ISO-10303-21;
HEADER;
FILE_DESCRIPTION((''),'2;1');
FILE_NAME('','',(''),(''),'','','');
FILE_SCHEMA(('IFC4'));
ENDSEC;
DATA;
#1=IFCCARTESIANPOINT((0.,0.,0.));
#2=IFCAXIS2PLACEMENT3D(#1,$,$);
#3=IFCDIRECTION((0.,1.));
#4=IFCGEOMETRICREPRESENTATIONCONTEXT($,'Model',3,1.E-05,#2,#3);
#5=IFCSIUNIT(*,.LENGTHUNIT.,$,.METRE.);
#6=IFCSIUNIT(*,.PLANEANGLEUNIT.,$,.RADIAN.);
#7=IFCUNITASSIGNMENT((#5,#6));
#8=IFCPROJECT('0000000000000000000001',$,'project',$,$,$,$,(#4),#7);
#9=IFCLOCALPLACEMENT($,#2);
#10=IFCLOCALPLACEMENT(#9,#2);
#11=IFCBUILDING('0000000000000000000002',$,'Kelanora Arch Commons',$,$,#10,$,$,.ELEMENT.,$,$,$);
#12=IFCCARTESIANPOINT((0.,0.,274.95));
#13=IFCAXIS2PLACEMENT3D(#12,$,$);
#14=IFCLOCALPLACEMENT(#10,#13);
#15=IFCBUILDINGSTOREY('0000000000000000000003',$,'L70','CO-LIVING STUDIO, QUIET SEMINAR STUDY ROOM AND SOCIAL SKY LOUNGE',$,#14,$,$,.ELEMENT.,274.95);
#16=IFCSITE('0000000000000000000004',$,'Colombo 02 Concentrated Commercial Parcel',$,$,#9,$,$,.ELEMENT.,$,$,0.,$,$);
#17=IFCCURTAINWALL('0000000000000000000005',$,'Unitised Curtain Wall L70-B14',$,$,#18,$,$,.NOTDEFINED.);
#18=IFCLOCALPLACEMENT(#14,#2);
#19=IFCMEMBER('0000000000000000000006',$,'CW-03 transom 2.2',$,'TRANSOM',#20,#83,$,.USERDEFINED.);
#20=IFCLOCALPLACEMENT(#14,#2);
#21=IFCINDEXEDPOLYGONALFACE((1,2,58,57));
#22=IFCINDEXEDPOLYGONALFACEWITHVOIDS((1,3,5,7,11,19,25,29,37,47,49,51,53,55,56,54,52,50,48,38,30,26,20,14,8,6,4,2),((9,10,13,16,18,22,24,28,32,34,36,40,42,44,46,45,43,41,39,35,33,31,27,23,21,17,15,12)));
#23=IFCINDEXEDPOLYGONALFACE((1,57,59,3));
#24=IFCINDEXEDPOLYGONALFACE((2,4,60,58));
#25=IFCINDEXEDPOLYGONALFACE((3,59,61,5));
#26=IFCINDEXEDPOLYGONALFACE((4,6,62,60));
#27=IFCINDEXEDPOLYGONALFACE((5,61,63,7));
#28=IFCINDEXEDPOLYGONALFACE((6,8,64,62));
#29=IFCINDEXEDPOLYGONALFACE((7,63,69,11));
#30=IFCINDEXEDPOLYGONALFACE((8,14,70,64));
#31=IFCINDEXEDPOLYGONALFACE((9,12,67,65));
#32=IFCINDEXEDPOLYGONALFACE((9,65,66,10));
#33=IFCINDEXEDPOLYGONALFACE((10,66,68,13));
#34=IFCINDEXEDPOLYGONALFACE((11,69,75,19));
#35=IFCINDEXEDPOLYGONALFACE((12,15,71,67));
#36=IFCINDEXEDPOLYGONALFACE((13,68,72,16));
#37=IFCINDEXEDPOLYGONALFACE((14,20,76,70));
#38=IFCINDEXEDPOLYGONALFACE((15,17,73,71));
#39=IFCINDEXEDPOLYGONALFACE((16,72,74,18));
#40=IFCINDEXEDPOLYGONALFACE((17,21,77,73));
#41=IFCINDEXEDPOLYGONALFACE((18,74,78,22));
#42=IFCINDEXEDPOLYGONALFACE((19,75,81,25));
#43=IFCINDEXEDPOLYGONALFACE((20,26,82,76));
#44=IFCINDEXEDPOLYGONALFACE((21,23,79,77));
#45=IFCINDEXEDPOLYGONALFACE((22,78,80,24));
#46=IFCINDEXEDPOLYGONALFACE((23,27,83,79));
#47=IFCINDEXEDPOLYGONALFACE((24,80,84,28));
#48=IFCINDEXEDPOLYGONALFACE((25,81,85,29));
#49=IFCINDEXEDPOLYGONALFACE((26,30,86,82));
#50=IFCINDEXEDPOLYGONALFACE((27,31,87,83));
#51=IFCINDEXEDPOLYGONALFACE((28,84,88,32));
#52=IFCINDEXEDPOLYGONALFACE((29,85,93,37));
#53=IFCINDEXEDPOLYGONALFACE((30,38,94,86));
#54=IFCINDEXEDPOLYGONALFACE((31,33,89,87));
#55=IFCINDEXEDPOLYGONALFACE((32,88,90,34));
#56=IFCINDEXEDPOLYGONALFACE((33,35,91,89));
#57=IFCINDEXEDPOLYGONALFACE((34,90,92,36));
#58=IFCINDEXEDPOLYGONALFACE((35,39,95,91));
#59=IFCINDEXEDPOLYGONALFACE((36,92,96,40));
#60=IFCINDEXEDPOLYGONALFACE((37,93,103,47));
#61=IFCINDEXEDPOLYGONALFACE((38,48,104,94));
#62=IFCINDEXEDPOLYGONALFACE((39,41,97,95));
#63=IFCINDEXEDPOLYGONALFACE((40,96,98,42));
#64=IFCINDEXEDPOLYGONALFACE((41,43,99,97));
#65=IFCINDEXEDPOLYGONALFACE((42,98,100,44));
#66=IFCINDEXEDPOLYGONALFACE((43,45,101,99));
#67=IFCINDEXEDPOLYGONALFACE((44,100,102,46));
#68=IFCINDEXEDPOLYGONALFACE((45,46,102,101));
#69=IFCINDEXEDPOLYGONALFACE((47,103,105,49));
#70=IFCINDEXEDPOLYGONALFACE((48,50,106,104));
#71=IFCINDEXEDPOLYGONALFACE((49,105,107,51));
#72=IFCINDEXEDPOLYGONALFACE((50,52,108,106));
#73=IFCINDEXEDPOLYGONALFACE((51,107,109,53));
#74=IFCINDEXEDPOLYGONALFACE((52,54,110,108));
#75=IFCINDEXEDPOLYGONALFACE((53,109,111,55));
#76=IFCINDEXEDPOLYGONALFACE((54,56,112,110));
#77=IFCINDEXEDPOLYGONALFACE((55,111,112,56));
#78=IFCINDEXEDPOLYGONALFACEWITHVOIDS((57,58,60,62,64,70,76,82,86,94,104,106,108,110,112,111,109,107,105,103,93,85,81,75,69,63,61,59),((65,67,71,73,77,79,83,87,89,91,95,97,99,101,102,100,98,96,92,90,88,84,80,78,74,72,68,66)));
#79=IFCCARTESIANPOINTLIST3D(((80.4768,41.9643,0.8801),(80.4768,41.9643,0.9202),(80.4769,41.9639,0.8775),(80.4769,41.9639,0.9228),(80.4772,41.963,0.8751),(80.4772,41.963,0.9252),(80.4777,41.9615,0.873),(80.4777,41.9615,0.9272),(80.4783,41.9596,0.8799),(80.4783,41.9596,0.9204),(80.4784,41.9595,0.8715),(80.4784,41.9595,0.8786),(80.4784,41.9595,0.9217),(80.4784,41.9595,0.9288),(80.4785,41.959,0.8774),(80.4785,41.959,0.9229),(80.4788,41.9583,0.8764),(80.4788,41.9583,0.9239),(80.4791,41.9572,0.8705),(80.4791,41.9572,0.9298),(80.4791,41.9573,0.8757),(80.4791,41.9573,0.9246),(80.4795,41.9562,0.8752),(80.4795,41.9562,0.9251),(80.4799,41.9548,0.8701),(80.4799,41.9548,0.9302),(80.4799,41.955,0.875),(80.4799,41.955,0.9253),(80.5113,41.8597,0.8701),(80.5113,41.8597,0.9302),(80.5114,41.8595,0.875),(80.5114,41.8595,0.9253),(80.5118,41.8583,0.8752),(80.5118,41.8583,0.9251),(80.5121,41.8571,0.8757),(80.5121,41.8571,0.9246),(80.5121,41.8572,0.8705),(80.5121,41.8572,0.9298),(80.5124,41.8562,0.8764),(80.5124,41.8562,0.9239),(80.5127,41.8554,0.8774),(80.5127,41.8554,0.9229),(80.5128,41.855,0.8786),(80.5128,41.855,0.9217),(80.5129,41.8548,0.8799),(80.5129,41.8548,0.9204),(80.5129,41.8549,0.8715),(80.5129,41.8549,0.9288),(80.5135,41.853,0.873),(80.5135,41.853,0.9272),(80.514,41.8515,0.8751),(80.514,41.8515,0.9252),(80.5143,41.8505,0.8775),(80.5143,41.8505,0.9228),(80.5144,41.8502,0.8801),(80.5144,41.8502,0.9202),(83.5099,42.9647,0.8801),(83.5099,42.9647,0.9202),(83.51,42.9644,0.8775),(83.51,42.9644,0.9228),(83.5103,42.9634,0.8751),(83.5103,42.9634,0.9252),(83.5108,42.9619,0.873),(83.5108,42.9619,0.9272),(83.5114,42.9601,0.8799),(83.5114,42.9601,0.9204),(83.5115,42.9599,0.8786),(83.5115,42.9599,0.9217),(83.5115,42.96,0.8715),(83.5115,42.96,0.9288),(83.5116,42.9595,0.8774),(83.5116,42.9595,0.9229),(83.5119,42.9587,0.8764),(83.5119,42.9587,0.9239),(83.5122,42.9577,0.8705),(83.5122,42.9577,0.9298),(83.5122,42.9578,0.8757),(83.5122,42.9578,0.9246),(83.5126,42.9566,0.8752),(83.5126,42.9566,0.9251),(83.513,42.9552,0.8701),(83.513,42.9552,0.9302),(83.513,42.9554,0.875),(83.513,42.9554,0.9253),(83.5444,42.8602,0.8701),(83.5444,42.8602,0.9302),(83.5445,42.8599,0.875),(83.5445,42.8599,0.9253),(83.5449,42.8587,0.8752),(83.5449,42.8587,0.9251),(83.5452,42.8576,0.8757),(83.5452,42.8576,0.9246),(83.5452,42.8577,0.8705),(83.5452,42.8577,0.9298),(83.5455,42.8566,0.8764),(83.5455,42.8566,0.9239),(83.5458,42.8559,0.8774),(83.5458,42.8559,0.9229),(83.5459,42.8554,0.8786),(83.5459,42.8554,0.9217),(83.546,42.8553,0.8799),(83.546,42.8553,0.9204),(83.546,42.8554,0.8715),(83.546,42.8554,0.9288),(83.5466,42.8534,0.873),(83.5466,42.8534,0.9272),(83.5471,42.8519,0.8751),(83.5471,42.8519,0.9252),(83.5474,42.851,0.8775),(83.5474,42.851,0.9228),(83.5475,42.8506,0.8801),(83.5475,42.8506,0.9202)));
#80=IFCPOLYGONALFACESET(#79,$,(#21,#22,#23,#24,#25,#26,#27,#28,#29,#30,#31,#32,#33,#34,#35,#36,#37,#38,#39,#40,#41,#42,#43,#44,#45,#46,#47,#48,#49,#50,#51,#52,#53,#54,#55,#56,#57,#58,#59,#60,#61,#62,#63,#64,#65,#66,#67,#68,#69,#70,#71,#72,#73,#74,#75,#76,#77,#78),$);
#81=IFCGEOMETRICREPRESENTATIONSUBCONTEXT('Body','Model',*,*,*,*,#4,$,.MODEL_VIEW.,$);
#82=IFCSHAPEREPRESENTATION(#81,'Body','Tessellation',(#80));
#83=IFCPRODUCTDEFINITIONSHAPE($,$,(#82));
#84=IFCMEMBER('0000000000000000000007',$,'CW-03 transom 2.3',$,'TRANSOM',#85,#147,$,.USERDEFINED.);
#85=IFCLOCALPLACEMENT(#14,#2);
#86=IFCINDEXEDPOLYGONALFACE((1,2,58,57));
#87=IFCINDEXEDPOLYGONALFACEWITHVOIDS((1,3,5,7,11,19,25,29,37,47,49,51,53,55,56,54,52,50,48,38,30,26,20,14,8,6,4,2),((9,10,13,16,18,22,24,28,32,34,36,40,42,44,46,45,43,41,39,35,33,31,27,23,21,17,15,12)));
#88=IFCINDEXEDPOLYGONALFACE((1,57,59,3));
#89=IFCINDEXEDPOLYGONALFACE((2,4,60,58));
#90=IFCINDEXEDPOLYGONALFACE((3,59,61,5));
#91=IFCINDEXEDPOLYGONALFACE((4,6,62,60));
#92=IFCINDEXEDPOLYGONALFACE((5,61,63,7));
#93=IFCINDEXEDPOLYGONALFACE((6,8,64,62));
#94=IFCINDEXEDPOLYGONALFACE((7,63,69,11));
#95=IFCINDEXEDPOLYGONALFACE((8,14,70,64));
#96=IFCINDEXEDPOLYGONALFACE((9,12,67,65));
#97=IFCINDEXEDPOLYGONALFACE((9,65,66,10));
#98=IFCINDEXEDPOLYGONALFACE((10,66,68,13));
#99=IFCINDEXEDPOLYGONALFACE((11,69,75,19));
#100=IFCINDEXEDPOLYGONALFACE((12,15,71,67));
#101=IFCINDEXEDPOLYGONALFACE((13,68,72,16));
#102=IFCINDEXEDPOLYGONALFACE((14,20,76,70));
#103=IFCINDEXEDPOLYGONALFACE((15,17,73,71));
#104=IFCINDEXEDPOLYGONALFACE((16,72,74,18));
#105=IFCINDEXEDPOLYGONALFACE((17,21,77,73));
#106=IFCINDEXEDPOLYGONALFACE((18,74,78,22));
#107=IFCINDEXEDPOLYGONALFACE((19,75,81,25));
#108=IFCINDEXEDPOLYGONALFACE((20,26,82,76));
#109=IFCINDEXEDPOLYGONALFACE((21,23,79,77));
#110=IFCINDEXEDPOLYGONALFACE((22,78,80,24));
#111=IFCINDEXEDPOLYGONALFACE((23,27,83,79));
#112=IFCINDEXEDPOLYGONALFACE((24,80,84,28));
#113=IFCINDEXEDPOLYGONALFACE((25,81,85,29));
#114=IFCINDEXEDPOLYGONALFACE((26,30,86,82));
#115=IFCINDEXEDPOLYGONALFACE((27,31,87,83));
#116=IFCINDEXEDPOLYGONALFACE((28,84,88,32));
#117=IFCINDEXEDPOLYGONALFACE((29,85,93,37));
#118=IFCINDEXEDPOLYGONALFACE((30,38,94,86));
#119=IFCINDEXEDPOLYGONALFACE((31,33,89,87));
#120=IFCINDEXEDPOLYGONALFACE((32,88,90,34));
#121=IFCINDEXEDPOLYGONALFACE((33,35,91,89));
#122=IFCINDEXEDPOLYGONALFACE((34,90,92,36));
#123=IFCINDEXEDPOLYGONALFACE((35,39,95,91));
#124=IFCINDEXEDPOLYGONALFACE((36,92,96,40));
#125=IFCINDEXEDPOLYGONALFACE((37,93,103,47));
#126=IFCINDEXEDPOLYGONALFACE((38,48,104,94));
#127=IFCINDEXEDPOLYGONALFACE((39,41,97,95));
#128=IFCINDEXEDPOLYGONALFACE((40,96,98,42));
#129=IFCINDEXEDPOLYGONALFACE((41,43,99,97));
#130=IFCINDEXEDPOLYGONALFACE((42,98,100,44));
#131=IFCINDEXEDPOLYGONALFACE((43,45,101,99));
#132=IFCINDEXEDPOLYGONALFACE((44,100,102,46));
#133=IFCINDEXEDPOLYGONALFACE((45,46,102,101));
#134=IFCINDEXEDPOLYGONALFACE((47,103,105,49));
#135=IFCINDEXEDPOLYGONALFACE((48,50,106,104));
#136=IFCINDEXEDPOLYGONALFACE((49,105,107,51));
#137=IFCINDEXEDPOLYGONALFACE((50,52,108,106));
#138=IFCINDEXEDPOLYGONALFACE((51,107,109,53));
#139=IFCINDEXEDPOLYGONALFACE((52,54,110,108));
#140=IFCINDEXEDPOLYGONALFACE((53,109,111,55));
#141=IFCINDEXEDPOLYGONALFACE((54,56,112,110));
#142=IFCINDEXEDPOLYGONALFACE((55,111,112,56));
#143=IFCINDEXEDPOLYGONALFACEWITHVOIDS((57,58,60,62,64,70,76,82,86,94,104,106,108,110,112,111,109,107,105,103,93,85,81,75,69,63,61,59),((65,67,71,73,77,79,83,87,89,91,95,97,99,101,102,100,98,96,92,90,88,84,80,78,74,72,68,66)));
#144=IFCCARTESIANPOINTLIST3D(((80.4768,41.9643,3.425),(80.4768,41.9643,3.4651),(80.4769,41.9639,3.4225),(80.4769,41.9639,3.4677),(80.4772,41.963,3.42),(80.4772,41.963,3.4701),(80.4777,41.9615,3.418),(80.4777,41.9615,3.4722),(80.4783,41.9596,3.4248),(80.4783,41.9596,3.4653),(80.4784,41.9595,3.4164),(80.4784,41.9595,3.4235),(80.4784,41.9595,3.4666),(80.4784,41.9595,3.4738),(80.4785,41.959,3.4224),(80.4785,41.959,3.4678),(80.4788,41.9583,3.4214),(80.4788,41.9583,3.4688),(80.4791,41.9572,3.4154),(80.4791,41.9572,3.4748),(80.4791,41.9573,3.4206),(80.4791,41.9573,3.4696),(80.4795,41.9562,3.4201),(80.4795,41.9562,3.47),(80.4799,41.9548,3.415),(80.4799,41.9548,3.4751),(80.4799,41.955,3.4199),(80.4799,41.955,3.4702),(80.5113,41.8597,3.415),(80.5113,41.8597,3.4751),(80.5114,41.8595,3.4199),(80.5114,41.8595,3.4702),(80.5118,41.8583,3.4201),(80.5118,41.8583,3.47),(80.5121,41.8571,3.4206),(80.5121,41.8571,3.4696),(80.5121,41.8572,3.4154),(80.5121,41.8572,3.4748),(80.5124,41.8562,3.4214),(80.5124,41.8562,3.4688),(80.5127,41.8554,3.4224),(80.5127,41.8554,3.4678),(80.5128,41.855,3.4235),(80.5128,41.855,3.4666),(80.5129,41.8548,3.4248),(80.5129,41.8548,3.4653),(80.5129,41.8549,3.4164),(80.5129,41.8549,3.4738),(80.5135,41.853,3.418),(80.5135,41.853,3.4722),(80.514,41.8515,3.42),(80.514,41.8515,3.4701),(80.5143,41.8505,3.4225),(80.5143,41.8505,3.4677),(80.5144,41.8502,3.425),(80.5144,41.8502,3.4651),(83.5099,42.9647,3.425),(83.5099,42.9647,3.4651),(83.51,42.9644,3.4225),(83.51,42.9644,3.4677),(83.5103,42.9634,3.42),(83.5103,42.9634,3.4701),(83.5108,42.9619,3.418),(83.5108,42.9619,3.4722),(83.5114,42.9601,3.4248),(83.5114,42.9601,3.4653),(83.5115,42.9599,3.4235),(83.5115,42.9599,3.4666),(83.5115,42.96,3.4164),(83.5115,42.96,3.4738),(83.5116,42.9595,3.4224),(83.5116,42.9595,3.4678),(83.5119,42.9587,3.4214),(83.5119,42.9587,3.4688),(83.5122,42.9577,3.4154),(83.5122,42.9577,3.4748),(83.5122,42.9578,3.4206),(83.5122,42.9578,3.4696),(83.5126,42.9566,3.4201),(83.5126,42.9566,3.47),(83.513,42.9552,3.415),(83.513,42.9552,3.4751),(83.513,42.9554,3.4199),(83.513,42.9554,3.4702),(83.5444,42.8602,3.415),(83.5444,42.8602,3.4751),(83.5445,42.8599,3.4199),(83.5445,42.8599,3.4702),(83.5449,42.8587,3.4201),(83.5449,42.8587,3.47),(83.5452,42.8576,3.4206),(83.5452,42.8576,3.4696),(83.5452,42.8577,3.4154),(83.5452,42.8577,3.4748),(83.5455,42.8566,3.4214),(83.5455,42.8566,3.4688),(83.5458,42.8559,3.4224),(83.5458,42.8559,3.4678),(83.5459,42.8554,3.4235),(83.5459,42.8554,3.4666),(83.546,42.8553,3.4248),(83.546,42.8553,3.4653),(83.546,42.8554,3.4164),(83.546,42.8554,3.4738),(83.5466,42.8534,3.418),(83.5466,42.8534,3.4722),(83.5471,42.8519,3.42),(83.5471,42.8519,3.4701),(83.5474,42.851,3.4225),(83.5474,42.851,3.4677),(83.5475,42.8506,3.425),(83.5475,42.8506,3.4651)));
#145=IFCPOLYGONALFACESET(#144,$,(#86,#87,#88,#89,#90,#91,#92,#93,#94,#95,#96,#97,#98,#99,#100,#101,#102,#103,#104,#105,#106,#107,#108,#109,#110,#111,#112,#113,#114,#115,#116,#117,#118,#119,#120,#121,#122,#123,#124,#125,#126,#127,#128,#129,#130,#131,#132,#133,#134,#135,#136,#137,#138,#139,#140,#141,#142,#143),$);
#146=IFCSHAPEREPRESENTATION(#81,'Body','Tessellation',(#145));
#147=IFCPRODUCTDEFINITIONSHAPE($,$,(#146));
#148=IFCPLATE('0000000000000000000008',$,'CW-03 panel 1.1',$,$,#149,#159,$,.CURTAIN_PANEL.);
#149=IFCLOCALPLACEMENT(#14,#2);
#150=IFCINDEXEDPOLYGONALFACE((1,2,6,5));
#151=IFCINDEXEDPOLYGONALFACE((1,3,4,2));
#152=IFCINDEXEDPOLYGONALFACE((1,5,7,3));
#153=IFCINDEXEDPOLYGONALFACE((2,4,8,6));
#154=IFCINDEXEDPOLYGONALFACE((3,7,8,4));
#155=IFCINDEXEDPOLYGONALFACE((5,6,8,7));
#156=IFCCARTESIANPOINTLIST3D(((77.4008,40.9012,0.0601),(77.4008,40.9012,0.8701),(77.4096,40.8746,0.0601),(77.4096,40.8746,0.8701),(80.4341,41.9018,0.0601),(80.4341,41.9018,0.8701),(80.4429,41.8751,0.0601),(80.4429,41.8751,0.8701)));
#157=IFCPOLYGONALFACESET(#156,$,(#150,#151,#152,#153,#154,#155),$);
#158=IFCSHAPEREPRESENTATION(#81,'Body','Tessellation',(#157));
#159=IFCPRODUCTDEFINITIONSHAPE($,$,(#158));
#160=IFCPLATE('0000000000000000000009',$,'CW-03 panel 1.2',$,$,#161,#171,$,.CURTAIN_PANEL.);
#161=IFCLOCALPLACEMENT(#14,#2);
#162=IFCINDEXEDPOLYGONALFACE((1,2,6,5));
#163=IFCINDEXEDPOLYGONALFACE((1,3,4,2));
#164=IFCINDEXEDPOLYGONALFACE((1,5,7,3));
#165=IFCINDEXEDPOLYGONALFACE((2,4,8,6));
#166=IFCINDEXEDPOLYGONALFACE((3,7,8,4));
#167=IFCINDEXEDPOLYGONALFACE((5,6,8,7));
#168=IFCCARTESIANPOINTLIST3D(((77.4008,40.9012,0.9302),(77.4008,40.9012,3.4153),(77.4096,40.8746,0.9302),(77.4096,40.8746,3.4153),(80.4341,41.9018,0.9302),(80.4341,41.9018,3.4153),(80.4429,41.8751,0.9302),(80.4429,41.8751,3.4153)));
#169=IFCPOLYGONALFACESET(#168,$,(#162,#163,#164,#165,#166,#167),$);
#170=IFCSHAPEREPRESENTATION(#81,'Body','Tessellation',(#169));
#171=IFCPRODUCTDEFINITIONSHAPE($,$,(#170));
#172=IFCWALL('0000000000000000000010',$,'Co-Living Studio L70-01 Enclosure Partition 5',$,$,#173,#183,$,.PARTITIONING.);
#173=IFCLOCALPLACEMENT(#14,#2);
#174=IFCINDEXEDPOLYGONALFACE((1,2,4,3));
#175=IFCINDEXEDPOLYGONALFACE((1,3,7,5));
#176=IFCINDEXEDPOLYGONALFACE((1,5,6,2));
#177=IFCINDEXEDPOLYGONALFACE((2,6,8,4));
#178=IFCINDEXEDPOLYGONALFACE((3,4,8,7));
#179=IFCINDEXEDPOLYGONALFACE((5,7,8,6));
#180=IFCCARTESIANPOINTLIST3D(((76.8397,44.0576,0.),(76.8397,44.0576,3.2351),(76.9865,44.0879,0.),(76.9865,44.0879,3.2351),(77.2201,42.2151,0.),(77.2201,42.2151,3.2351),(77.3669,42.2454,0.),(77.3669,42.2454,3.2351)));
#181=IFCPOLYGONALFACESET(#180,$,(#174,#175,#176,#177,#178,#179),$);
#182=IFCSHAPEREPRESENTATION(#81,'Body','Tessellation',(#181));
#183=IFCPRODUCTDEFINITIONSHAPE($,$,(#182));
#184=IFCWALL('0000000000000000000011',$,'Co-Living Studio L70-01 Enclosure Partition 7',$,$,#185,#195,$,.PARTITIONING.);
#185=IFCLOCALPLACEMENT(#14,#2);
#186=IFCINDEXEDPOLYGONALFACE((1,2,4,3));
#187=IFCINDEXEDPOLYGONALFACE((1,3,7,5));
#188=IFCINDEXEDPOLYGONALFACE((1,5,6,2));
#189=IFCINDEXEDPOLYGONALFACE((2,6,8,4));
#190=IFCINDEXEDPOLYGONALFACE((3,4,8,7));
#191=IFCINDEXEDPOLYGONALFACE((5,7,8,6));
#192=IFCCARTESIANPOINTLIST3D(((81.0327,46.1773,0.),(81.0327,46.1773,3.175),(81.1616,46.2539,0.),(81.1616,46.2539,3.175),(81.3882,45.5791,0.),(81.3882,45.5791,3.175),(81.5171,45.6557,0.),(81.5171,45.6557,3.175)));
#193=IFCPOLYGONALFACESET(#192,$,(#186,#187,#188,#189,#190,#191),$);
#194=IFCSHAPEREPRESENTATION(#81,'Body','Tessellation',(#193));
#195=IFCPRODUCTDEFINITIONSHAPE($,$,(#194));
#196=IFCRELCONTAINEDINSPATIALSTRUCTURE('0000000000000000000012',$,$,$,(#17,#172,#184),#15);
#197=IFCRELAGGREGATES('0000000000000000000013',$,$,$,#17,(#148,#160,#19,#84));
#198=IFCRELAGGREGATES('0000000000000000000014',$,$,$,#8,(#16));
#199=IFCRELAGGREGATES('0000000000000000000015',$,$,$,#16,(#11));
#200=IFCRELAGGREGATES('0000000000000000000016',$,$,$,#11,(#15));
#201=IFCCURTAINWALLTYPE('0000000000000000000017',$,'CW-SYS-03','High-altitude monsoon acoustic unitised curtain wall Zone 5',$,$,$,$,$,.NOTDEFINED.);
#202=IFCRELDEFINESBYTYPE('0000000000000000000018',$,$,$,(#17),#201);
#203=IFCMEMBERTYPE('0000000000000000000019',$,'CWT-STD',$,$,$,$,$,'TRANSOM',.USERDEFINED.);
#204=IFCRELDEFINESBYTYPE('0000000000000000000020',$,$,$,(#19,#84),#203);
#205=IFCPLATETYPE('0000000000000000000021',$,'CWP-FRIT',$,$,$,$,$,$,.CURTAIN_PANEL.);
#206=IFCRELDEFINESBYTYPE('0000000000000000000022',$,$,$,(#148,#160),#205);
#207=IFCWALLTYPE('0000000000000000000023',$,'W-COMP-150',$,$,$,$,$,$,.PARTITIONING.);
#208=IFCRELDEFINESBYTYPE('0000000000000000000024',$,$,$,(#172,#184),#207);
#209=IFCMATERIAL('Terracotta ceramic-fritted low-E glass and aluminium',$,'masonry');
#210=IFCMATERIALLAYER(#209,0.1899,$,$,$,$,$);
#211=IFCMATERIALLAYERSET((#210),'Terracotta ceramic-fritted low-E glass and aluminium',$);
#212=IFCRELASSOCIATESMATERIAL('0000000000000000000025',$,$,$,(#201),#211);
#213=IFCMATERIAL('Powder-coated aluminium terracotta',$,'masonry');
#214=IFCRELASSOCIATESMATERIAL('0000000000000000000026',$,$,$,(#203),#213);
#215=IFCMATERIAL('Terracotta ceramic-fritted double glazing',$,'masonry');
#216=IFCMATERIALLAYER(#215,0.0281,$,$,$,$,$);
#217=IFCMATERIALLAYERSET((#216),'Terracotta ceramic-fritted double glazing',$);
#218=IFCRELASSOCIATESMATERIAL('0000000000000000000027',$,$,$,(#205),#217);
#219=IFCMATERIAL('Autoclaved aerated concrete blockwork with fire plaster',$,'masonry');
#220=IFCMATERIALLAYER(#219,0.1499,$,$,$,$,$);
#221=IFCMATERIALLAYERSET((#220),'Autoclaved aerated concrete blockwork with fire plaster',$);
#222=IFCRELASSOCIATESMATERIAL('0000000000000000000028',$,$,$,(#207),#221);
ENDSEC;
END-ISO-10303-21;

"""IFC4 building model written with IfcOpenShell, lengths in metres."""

from ifc_helpers import new_model, si_unit, direction, frame, frame_2d, origin, origin_2d, place, context, subcontext, project, spatial, rectangle, hollow_rectangle, extrude, source, transform, mapped, material, layer, layer_set, material_profile, profile_set, type_object, element, aggregate, save


model = new_model("IFC4")

# Units and contexts
model_context = context("Model", 3, precision=1e-05, world=origin(), true_north=direction((0.0, 1.0)))
body_context = subcontext(model_context, "Body", "Model", "MODEL_VIEW")
ifc_project = project(units=[si_unit("LENGTHUNIT", "METRE"), si_unit("PLANEANGLEUNIT", "RADIAN")], contexts=[model_context])

# Site, building, storey
site_placement = place(None, origin())
site = spatial("IfcSite", under=ifc_project, at=site_placement, Name="Colombo 02 Concentrated Commercial Parcel", CompositionType="ELEMENT", RefElevation=0.0)
building_placement = place(site_placement, origin())
building = spatial("IfcBuilding", under=site, at=building_placement, Name="Kelanora Arch Commons", CompositionType="ELEMENT")
storey_placement = place(building_placement, frame((0.0, 0.0, 274.95)))
storey = spatial("IfcBuildingStorey", under=building, at=storey_placement, Name="L70", Description="CO-LIVING STUDIO, QUIET SEMINAR STUDY ROOM AND SOCIAL SKY LOUNGE", CompositionType="ELEMENT", Elevation=274.95)

# Curtain wall, members, plates
ifc_material_1 = material(Name="Terracotta ceramic-fritted low-E glass and aluminium", Category="masonry")
ifc_layer_1 = layer(ifc_material_1, 0.1899)
ifc_layer_set_1 = layer_set([ifc_layer_1], Name="Terracotta ceramic-fritted low-E glass and aluminium")
curtain_wall_type = type_object("IfcCurtainWallType", Name="CW-SYS-03", Description="High-altitude monsoon acoustic unitised curtain wall Zone 5", PredefinedType="NOTDEFINED", material=ifc_layer_set_1)
curtain_wall_placement = place(storey_placement, origin())
curtain_wall = element("IfcCurtainWall", 1, at=curtain_wall_placement, inside=storey, type_object=curtain_wall_type, Name="Unitised Curtain Wall L70-B14", PredefinedType="NOTDEFINED")
ifc_material_2 = material(Name="Powder-coated aluminium terracotta", Category="masonry")
ifc_material_profile_1 = material_profile(ifc_material_2, hollow_rectangle(XDim=0.1201, YDim=0.0601, WallThickness=0.0049, InnerFilletRadius=0.0049, OuterFilletRadius=0.01, at=origin_2d()), Name="CWT120x60")
ifc_profile_set_1 = profile_set([ifc_material_profile_1], Name="Powder-coated aluminium terracotta")
member_type_1 = type_object("IfcMemberType", Name="CWT-STD", ElementType="TRANSOM", PredefinedType="USERDEFINED", material=ifc_profile_set_1)
member_1_placement = place(storey_placement, frame((80.4956, 41.9072, 0.9001), z_axis=(0.949672, 0.313245, 0.0), x_axis=(-0.313245, 0.949672, 0.0)))
member_1 = element("IfcMember", 2, at=member_1_placement, type_object=member_type_1, Name="CW-03 transom 2.2", ObjectType="TRANSOM", PredefinedType="USERDEFINED", context=body_context, shape_type="SweptSolid", body=[
    extrude(hollow_rectangle(XDim=0.1201, YDim=0.0601, WallThickness=0.0049, InnerFilletRadius=0.0049, OuterFilletRadius=0.01, at=origin_2d()), origin(), (0.0, 0.0, 1.0), 3.1938),
])
member_2_placement = place(storey_placement, frame((80.4956, 41.9072, 3.4451), z_axis=(0.949672, 0.313245, 0.0), x_axis=(-0.313245, 0.949672, 0.0)))
member_2 = element("IfcMember", 3, at=member_2_placement, type_object=member_type_1, Name="CW-03 transom 2.3", ObjectType="TRANSOM", PredefinedType="USERDEFINED", context=body_context, shape_type="SweptSolid", body=[
    extrude(hollow_rectangle(XDim=0.1201, YDim=0.0601, WallThickness=0.0049, InnerFilletRadius=0.0049, OuterFilletRadius=0.01, at=origin_2d()), origin(), (0.0, 0.0, 1.0), 3.1938),
])
ifc_material_3 = material(Name="Terracotta ceramic-fritted double glazing", Category="masonry")
ifc_layer_2 = layer(ifc_material_3, 0.0281)
ifc_layer_set_2 = layer_set([ifc_layer_2], Name="Terracotta ceramic-fritted double glazing")
plate_type = type_object("IfcPlateType", Name="CWP-FRIT", PredefinedType="CURTAIN_PANEL", material=ifc_layer_set_2)
shared_shape_1 = source(origin(), body_context, "Body", "SweptSolid", [
    extrude(rectangle(XDim=3.1941, YDim=0.0281, at=origin_2d()), origin(), (0.0, 0.0, 1.0), 0.8101),
])
plate_1_placement = place(storey_placement, frame((78.9219, 41.3882, 0.0601), z_axis=(0.0, 0.0, 1.0), x_axis=(0.94967, 0.313253, 0.0)))
plate_1 = element("IfcPlate", 4, at=plate_1_placement, type_object=plate_type, Name="CW-03 panel 1.1", PredefinedType="CURTAIN_PANEL", context=body_context, shape_type="MappedRepresentation", body=[
    mapped(shared_shape_1, transform((0.0, 0.0, 0.0), scale=1.0)),
])
shared_shape_2 = source(origin(), body_context, "Body", "SweptSolid", [
    extrude(rectangle(XDim=3.1941, YDim=0.0281, at=origin_2d()), origin(), (0.0, 0.0, 1.0), 2.4851),
])
plate_2_placement = place(storey_placement, frame((78.9219, 41.3882, 0.9302), z_axis=(0.0, 0.0, 1.0), x_axis=(0.94967, 0.313253, 0.0)))
plate_2 = element("IfcPlate", 5, at=plate_2_placement, type_object=plate_type, Name="CW-03 panel 1.2", PredefinedType="CURTAIN_PANEL", context=body_context, shape_type="MappedRepresentation", body=[
    mapped(shared_shape_2, transform((0.0, 0.0, 0.0), scale=1.0)),
])
aggregate(curtain_wall, [plate_1, plate_2, member_1, member_2])

# Walls
ifc_material_4 = material(Name="Autoclaved aerated concrete blockwork with fire plaster", Category="masonry")
ifc_layer_3 = layer(ifc_material_4, 0.1499)
ifc_layer_set_3 = layer_set([ifc_layer_3], Name="Autoclaved aerated concrete blockwork with fire plaster")
wall_type_1 = type_object("IfcWallType", Name="W-COMP-150", PredefinedType="PARTITIONING", material=ifc_layer_set_3)
wall_1_placement = place(storey_placement, frame((77.2935, 42.2302, 0.0), z_axis=(0.0, 0.0, 1.0), x_axis=(-0.202176, 0.979349, 0.0)))
element("IfcWall", 6, at=wall_1_placement, inside=storey, type_object=wall_type_1, Name="Co-Living Studio L70-01 Enclosure Partition 5", PredefinedType="PARTITIONING", context=body_context, shape_type="SweptSolid", body=[
    extrude(rectangle(XDim=1.8813, YDim=0.1499, at=frame_2d((0.9407, 0.0))), origin(), (0.0, 0.0, 1.0), 3.2351),
])
wall_2_placement = place(storey_placement, frame((81.4526, 45.6174, 0.0), z_axis=(0.0, 0.0, 1.0), x_axis=(-0.510879, 0.859653, 0.0)))
element("IfcWall", 7, at=wall_2_placement, inside=storey, type_object=wall_type_1, Name="Co-Living Studio L70-01 Enclosure Partition 7", PredefinedType="PARTITIONING", context=body_context, shape_type="SweptSolid", body=[
    extrude(rectangle(XDim=0.6958, YDim=0.1499, at=frame_2d((0.3479, 0.0))), origin(), (0.0, 0.0, 1.0), 3.175),
])

save(model, "model.ifc")
